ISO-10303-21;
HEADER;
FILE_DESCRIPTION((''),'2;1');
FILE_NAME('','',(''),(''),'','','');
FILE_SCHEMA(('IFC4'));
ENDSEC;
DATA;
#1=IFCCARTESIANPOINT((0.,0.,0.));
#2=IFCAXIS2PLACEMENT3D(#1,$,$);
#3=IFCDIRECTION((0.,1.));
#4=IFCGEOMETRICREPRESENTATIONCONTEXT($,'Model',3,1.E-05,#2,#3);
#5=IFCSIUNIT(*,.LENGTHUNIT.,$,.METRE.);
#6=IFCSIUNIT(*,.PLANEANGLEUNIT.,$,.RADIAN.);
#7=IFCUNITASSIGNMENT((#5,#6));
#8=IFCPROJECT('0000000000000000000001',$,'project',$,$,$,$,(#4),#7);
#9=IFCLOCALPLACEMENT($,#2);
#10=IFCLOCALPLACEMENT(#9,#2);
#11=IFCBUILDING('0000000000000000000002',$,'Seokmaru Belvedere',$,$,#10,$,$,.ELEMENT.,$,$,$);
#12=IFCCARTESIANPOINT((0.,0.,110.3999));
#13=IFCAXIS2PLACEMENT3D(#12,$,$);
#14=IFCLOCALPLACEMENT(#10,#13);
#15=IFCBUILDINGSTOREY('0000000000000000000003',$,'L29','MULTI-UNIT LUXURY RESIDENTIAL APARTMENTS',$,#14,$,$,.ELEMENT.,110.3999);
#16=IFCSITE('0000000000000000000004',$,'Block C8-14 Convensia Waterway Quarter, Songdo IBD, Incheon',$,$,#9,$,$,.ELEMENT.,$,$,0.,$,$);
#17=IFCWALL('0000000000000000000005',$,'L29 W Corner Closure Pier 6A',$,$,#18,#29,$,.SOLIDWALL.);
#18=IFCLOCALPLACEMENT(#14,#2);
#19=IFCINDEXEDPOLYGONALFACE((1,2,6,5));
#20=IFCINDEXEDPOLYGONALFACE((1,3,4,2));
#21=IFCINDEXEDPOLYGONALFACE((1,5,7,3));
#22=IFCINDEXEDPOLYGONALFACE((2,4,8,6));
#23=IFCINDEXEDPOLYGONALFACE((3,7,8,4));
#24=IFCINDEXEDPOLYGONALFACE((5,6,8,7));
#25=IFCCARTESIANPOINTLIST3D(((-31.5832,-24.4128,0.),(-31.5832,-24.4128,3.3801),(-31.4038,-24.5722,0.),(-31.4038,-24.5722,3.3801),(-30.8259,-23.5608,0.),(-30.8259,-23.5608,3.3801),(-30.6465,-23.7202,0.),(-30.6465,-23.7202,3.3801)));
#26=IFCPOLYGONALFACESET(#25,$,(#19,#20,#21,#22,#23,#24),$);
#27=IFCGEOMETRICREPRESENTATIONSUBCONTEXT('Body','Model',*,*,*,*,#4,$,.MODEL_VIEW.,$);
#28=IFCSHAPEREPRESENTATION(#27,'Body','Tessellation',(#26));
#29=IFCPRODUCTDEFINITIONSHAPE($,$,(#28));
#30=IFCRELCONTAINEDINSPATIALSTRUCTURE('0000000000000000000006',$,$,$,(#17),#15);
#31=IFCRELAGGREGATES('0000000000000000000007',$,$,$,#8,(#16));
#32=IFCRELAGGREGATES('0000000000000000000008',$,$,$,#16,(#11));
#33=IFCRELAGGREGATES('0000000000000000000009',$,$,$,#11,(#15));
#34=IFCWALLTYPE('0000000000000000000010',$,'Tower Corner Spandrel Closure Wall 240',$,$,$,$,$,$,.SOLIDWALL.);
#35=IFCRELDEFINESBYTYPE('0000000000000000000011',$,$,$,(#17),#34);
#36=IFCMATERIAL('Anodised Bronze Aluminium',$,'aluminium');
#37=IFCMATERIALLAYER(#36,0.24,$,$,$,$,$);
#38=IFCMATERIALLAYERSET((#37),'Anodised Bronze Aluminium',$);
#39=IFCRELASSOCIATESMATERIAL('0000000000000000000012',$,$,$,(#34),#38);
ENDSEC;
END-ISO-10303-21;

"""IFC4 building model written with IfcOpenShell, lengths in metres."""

from ifc_helpers import new_model, si_unit, direction, frame, frame_2d, origin, place, context, subcontext, project, spatial, rectangle, extrude, material, layer, layer_set, type_object, element, save


model = new_model("IFC4")

# Units and contexts
model_context = context("Model", 3, precision=1e-05, world=origin(), true_north=direction((0.0, 1.0)))
body_context = subcontext(model_context, "Body", "Model", "MODEL_VIEW")
ifc_project = project(units=[si_unit("LENGTHUNIT", "METRE"), si_unit("PLANEANGLEUNIT", "RADIAN")], contexts=[model_context])

# Site, building, storey
site_placement = place(None, origin())
site = spatial("IfcSite", under=ifc_project, at=site_placement, Name="Block C8-14 Convensia Waterway Quarter, Songdo IBD, Incheon", CompositionType="ELEMENT", RefElevation=0.0)
building_placement = place(site_placement, origin())
building = spatial("IfcBuilding", under=site, at=building_placement, Name="Seokmaru Belvedere", CompositionType="ELEMENT")
storey_placement = place(building_placement, frame((0.0, 0.0, 110.3999)))
storey = spatial("IfcBuildingStorey", under=building, at=storey_placement, Name="L29", Description="MULTI-UNIT LUXURY RESIDENTIAL APARTMENTS", CompositionType="ELEMENT", Elevation=110.3999)

# Shared definitions
ifc_material_1 = material(Name="Anodised Bronze Aluminium", Category="aluminium")

# Wall
ifc_layer_1 = layer(ifc_material_1, 0.24)
ifc_layer_set_1 = layer_set([ifc_layer_1], Name="Anodised Bronze Aluminium")
wall_type_1 = type_object("IfcWallType", Name="Tower Corner Spandrel Closure Wall 240", PredefinedType="SOLIDWALL", material=ifc_layer_set_1)
wall_1_placement = place(storey_placement, frame((-31.4934, -24.4924, 0.0), z_axis=(0.0, 0.0, 1.0), x_axis=(0.664337, 0.747433, 0.0)))
element("IfcWall", 1, at=wall_1_placement, inside=storey, type_object=wall_type_1, Name="L29 W Corner Closure Pier 6A", PredefinedType="SOLIDWALL", context=body_context, shape_type="SweptSolid", body=[
    extrude(rectangle(XDim=1.1399, YDim=0.24, at=frame_2d((0.5698, 0.0))), origin(), (0.0, 0.0, 1.0), 3.3801),
])

save(model, "model.ifc")
